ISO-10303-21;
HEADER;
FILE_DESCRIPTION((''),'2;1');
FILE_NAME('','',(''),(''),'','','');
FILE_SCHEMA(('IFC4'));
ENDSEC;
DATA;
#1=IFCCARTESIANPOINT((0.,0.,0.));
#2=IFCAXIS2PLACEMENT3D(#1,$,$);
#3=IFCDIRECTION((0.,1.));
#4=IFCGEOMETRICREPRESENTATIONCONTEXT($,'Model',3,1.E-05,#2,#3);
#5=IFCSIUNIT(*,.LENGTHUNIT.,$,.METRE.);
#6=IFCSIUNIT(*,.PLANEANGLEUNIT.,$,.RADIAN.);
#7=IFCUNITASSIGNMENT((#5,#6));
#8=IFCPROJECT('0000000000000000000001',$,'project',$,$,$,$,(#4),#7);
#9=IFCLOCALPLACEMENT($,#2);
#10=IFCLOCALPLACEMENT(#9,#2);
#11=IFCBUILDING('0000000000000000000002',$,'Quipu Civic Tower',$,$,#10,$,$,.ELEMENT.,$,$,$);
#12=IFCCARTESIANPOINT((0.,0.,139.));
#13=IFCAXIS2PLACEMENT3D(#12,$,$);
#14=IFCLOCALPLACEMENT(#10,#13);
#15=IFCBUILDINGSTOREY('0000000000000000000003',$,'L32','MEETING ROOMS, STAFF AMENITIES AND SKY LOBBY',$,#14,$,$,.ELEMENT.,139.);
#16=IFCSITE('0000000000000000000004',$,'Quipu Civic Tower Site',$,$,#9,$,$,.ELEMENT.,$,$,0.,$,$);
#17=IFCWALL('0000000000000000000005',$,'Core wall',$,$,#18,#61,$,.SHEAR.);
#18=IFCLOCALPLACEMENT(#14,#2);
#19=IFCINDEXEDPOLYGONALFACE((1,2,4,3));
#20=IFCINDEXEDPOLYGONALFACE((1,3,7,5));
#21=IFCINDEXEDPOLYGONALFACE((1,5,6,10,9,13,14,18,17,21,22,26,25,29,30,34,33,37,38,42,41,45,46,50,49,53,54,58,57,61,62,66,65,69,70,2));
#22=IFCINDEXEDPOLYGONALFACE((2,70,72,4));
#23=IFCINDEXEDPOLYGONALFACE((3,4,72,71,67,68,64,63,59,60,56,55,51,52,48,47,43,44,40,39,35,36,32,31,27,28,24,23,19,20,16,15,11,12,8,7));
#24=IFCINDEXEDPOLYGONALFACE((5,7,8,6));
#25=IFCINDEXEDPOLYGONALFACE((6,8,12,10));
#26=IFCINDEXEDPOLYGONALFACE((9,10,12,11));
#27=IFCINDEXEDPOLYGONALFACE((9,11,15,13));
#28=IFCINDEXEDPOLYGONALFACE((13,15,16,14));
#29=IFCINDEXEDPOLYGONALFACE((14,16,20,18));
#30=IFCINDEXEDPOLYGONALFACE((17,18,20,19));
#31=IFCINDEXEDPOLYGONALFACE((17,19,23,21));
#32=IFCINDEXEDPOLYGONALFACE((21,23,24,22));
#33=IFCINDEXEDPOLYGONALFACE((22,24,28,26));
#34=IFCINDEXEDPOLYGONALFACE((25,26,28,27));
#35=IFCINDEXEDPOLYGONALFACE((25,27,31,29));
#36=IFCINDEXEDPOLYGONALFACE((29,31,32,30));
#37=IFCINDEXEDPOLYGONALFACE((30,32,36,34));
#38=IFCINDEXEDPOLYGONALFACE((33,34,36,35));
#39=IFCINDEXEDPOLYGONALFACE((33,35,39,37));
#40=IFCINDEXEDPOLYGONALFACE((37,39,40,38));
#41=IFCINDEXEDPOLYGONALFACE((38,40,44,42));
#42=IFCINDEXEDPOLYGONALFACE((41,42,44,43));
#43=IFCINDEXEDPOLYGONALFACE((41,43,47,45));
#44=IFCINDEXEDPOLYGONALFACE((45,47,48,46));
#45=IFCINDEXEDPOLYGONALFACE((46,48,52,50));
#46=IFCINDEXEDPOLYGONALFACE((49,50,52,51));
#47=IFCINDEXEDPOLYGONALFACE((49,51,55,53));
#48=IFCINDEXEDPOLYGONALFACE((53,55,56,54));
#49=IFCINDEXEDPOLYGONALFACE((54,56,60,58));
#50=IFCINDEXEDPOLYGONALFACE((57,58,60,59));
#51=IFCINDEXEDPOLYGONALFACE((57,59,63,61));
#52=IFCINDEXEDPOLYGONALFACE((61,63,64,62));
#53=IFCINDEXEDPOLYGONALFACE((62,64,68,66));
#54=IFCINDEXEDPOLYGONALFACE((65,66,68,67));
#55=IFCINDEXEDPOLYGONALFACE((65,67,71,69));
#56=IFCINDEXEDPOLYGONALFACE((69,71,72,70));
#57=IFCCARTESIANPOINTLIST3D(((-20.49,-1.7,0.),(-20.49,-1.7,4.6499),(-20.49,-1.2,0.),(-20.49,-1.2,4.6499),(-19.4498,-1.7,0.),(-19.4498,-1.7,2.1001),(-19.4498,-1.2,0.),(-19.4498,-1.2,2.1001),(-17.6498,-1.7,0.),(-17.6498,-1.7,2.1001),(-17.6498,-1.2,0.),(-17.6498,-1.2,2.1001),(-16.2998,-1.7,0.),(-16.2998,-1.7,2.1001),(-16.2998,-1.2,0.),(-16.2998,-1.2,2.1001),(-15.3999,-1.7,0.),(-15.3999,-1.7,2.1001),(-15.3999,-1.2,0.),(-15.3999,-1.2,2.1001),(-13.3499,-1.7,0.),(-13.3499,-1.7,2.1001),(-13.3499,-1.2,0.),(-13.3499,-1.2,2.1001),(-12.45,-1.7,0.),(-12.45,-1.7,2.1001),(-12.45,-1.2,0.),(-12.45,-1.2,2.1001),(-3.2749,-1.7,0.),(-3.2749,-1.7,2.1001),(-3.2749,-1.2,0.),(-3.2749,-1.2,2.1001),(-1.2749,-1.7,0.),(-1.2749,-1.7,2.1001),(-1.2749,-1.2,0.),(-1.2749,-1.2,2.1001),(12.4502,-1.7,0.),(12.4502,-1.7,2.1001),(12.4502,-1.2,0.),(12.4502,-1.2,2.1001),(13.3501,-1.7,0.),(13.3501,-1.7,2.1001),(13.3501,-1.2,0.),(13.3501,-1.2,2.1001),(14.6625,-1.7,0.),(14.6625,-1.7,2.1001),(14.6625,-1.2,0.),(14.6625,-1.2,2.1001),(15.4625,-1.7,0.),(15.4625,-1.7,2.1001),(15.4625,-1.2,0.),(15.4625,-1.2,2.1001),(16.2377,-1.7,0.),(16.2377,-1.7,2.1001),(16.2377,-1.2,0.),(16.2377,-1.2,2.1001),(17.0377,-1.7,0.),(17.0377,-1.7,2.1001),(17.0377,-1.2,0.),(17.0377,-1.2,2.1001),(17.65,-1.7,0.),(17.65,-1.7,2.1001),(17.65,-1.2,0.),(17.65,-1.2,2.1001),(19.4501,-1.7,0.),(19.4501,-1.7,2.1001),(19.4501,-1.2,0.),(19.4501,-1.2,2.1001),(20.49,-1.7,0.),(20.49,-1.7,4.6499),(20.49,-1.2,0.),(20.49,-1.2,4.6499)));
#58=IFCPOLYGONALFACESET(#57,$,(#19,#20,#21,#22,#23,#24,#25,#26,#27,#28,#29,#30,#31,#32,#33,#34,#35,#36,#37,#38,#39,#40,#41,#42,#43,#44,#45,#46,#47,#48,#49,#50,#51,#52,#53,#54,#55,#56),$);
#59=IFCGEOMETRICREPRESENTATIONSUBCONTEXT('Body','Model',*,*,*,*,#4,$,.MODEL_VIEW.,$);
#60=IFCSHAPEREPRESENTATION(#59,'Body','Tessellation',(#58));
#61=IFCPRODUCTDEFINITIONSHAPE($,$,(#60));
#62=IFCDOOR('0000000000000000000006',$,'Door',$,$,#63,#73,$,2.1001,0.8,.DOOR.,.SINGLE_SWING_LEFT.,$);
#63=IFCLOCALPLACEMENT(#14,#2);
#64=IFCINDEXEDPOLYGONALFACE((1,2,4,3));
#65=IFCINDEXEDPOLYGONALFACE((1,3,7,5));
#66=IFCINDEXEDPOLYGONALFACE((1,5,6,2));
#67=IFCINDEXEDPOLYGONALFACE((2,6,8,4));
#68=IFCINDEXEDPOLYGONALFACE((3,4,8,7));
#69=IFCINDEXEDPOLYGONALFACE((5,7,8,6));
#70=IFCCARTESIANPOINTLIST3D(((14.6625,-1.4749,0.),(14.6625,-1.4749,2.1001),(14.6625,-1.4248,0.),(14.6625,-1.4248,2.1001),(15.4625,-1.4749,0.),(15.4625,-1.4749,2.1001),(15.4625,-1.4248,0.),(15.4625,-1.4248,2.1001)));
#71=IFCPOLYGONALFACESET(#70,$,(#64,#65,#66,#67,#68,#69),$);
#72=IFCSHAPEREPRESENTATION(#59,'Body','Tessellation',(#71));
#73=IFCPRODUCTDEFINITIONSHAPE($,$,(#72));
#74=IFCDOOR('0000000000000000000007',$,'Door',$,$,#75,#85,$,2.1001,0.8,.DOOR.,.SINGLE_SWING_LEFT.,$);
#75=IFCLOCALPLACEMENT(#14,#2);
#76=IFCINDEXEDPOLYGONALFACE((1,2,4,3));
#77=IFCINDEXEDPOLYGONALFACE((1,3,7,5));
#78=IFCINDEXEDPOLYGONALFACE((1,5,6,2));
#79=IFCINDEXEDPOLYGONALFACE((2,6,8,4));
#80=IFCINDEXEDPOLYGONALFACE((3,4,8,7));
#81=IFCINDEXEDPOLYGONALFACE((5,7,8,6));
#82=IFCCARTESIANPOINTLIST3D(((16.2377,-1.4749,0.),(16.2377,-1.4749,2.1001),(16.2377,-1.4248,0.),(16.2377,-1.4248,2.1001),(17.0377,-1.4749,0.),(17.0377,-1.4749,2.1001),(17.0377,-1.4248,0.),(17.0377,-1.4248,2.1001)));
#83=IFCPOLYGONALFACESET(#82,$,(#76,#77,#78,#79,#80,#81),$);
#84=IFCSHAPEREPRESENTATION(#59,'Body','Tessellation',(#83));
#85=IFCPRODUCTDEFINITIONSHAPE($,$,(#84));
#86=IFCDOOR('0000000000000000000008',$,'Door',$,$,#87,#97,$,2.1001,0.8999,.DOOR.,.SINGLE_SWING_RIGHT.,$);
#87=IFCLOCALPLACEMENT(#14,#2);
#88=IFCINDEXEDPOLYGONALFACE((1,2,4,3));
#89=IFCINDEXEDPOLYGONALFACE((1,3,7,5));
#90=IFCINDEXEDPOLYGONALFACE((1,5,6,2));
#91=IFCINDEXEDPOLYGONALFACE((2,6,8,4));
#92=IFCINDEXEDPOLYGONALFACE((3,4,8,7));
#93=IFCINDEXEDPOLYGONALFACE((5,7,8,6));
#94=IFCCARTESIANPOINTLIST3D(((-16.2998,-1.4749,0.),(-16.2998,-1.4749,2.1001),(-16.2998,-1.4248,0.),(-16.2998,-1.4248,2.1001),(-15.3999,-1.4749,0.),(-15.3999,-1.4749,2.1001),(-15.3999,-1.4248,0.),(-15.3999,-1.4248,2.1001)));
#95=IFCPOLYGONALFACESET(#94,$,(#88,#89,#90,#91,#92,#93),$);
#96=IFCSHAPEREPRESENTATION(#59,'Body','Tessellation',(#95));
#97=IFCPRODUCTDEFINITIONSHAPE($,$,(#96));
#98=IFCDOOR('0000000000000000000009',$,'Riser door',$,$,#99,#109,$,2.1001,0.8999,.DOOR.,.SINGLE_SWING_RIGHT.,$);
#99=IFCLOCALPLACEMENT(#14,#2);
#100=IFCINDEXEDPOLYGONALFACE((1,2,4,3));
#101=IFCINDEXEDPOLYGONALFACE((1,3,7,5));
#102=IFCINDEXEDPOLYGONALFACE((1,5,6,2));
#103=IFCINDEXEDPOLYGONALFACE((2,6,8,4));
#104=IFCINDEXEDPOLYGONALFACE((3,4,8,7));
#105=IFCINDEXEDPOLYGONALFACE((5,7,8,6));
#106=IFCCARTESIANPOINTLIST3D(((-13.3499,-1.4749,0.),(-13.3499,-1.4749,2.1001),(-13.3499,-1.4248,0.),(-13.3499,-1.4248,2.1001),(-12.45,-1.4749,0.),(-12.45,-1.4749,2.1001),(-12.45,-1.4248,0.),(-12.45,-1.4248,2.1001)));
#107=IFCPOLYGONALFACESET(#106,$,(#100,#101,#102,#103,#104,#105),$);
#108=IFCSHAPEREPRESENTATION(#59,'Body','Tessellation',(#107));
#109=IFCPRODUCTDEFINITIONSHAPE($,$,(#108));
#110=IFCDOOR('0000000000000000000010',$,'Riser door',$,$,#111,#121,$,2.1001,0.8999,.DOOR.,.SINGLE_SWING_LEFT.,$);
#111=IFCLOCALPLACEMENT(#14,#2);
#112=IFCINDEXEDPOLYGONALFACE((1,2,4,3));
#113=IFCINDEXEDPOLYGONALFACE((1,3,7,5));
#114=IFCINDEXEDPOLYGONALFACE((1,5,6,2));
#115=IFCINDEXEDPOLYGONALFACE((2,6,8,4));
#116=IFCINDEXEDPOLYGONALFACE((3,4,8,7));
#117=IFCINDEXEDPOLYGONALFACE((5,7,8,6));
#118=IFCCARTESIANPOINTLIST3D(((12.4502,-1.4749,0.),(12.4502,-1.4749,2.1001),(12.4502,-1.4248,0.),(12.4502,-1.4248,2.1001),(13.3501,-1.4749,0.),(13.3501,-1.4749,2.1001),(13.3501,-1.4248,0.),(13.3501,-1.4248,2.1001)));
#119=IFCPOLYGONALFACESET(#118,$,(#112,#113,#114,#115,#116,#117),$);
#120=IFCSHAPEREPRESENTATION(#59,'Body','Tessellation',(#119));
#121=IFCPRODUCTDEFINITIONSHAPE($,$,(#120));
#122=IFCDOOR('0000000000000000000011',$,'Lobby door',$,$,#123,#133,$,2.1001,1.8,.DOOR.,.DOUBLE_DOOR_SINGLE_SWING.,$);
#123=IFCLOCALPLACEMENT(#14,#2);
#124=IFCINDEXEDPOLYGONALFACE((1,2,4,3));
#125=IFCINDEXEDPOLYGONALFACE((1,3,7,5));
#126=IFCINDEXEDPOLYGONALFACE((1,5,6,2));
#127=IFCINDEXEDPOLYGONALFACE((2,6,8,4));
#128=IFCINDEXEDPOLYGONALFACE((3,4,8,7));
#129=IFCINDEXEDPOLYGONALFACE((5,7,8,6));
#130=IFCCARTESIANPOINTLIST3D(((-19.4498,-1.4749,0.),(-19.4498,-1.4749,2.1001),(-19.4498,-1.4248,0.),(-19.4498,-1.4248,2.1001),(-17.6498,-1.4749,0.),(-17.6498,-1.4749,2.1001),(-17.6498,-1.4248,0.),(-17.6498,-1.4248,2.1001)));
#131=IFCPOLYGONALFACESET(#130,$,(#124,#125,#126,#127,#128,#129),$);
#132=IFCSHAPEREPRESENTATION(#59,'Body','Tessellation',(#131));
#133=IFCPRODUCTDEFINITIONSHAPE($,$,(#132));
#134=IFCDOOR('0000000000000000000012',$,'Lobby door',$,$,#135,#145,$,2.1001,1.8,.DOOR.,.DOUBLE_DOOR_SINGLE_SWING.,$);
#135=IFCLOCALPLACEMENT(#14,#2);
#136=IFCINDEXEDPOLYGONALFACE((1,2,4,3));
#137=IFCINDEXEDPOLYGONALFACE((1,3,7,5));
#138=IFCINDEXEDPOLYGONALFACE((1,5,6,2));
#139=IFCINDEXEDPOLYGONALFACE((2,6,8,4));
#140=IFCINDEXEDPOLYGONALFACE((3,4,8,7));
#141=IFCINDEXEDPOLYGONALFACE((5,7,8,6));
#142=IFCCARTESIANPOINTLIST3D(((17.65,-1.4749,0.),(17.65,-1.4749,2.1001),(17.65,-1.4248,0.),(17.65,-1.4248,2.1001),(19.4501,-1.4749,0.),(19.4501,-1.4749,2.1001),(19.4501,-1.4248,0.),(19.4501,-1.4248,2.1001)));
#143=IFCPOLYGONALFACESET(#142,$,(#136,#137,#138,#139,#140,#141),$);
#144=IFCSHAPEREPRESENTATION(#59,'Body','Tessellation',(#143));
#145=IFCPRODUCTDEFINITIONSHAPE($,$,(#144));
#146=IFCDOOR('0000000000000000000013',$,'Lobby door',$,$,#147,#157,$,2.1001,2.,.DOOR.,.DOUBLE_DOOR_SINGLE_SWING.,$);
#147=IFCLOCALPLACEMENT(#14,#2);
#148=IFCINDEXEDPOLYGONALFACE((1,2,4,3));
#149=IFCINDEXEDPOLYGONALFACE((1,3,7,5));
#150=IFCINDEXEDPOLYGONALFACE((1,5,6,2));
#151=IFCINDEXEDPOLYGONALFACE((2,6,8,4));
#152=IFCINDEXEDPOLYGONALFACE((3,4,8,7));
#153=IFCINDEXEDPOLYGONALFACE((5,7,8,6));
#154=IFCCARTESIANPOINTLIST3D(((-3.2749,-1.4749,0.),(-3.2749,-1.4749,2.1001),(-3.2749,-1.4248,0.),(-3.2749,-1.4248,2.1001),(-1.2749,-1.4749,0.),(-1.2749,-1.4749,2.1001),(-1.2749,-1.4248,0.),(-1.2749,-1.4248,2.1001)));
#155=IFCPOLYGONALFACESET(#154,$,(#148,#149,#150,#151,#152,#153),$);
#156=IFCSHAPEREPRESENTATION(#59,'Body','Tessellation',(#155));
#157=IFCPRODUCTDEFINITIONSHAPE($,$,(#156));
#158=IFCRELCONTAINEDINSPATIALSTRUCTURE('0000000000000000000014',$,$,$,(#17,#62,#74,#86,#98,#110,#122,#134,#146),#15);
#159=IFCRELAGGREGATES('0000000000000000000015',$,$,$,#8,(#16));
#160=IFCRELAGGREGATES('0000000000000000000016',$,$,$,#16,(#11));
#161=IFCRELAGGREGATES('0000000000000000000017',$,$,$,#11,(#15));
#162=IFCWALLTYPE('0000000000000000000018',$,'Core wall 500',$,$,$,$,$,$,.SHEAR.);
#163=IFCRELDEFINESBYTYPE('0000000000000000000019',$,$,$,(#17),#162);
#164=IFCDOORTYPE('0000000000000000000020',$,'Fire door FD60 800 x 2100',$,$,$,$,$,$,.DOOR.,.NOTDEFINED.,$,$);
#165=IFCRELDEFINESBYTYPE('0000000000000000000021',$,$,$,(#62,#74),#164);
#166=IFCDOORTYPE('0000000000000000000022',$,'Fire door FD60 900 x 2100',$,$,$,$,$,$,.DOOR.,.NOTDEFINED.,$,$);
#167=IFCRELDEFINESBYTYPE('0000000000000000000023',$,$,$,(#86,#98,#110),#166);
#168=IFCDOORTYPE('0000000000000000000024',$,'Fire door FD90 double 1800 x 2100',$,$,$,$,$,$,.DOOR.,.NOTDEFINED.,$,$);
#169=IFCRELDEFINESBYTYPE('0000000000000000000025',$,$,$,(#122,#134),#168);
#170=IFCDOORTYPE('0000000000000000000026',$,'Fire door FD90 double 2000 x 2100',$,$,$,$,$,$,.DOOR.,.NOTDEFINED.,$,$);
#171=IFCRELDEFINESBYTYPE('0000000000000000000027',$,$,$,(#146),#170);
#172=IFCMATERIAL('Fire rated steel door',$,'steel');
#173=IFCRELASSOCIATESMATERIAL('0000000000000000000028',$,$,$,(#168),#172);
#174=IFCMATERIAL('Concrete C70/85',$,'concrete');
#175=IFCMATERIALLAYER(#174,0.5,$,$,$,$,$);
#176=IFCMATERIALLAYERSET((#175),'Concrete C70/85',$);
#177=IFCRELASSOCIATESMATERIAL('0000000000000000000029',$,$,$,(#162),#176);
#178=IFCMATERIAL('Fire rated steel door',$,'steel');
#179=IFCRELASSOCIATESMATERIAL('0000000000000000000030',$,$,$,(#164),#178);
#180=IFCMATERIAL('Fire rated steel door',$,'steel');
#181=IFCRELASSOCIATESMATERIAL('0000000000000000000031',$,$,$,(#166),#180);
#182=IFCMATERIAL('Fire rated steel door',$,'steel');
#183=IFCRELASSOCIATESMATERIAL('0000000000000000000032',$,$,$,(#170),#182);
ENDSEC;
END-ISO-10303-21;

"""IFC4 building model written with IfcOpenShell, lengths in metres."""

from ifc_helpers import new_model, si_unit, direction, frame, frame_2d, origin, place, context, subcontext, project, spatial, rectangle, extrude, material, layer, layer_set, type_object, element, fill, save


model = new_model("IFC4")

# Units and contexts
model_context = context("Model", 3, precision=1e-05, world=origin(), true_north=direction((0.0, 1.0)))
body_context = subcontext(model_context, "Body", "Model", "MODEL_VIEW")
ifc_project = project(units=[si_unit("LENGTHUNIT", "METRE"), si_unit("PLANEANGLEUNIT", "RADIAN")], contexts=[model_context])

# Site, building, storey
site_placement = place(None, origin())
site = spatial("IfcSite", under=ifc_project, at=site_placement, Name="Quipu Civic Tower Site", CompositionType="ELEMENT", RefElevation=0.0)
building_placement = place(site_placement, origin())
building = spatial("IfcBuilding", under=site, at=building_placement, Name="Quipu Civic Tower", CompositionType="ELEMENT")
storey_placement = place(building_placement, frame((0.0, 0.0, 139.0)))
storey = spatial("IfcBuildingStorey", under=building, at=storey_placement, Name="L32", Description="MEETING ROOMS, STAFF AMENITIES AND SKY LOBBY", CompositionType="ELEMENT", Elevation=139.0)

# Shared definitions
ifc_material_1 = material(Name="Fire rated steel door", Category="steel")
door_type_1 = type_object("IfcDoorType", Name="Fire door FD90 double 1800 x 2100", OperationType="NOTDEFINED", PredefinedType="DOOR", material=ifc_material_1)

# Wall, openings, doors
ifc_material_2 = material(Name="Concrete C70/85", Category="concrete")
ifc_layer_1 = layer(ifc_material_2, 0.5)
ifc_layer_set_1 = layer_set([ifc_layer_1], Name="Concrete C70/85")
wall_type_1 = type_object("IfcWallType", Name="Core wall 500", PredefinedType="SHEAR", material=ifc_layer_set_1)
wall_1_placement = place(storey_placement, frame((20.49, -1.45, 0.0), z_axis=(0.0, 0.0, 1.0), x_axis=(-1.0, 0.0, 0.0)))
wall_1 = element("IfcWall", 1, at=wall_1_placement, inside=storey, type_object=wall_type_1, Name="Core wall", PredefinedType="SHEAR", context=body_context, shape_type="SweptSolid", body=[
    extrude(rectangle(XDim=40.98, YDim=0.5, at=frame_2d((20.49, 0.0))), origin(), (0.0, 0.0, 1.0), 4.6499),
])
opening_1_placement = place(wall_1_placement, frame((38.1399, 0.0, 0.0)))
opening_1 = element("IfcOpeningElement", 2, at=opening_1_placement, cuts=wall_1, PredefinedType="OPENING", context=body_context, shape_type="SweptSolid", body=[
    extrude(rectangle(XDim=1.8, YDim=2.1001, at=frame_2d((0.8999, 1.05))), frame((0.0, 0.26, 0.0), z_axis=(0.0, -1.0, 0.0), x_axis=(1.0, 0.0, 0.0)), (0.0, 0.0, 1.0), 0.52),
])
opening_2_placement = place(wall_1_placement, frame((35.8899, 0.0, 0.0)))
opening_2 = element("IfcOpeningElement", 3, at=opening_2_placement, cuts=wall_1, PredefinedType="OPENING", context=body_context, shape_type="SweptSolid", body=[
    extrude(rectangle(XDim=0.8999, YDim=2.1001, at=frame_2d((0.45, 1.05))), frame((0.0, 0.26, 0.0), z_axis=(0.0, -1.0, 0.0), x_axis=(1.0, 0.0, 0.0)), (0.0, 0.0, 1.0), 0.52),
])
opening_3_placement = place(wall_1_placement, frame((32.9399, 0.0, 0.0)))
opening_3 = element("IfcOpeningElement", 4, at=opening_3_placement, cuts=wall_1, PredefinedType="OPENING", context=body_context, shape_type="SweptSolid", body=[
    extrude(rectangle(XDim=0.8999, YDim=2.1001, at=frame_2d((0.45, 1.05))), frame((0.0, 0.26, 0.0), z_axis=(0.0, -1.0, 0.0), x_axis=(1.0, 0.0, 0.0)), (0.0, 0.0, 1.0), 0.52),
])
opening_4_placement = place(wall_1_placement, frame((21.7649, 0.0, 0.0)))
opening_4 = element("IfcOpeningElement", 5, at=opening_4_placement, cuts=wall_1, PredefinedType="OPENING", context=body_context, shape_type="SweptSolid", body=[
    extrude(rectangle(XDim=2.0, YDim=2.1001, at=frame_2d((1.0, 1.05))), frame((0.0, 0.26, 0.0), z_axis=(0.0, -1.0, 0.0), x_axis=(1.0, 0.0, 0.0)), (0.0, 0.0, 1.0), 0.52),
])
opening_5_placement = place(wall_1_placement, frame((7.1399, 0.0, 0.0)))
opening_5 = element("IfcOpeningElement", 6, at=opening_5_placement, cuts=wall_1, PredefinedType="OPENING", context=body_context, shape_type="SweptSolid", body=[
    extrude(rectangle(XDim=0.8999, YDim=2.1001, at=frame_2d((0.45, 1.05))), frame((0.0, 0.26, 0.0), z_axis=(0.0, -1.0, 0.0), x_axis=(1.0, 0.0, 0.0)), (0.0, 0.0, 1.0), 0.52),
])
opening_6_placement = place(wall_1_placement, frame((5.0276, 0.0, 0.0)))
opening_6 = element("IfcOpeningElement", 7, at=opening_6_placement, cuts=wall_1, PredefinedType="OPENING", context=body_context, shape_type="SweptSolid", body=[
    extrude(rectangle(XDim=0.8, YDim=2.1001, at=frame_2d((0.3999, 1.05))), frame((0.0, 0.26, 0.0), z_axis=(0.0, -1.0, 0.0), x_axis=(1.0, 0.0, 0.0)), (0.0, 0.0, 1.0), 0.52),
])
opening_7_placement = place(wall_1_placement, frame((3.4524, 0.0, 0.0)))
opening_7 = element("IfcOpeningElement", 8, at=opening_7_placement, cuts=wall_1, PredefinedType="OPENING", context=body_context, shape_type="SweptSolid", body=[
    extrude(rectangle(XDim=0.8, YDim=2.1001, at=frame_2d((0.3999, 1.05))), frame((0.0, 0.26, 0.0), z_axis=(0.0, -1.0, 0.0), x_axis=(1.0, 0.0, 0.0)), (0.0, 0.0, 1.0), 0.52),
])
opening_8_placement = place(wall_1_placement, frame((1.04, 0.0, 0.0)))
opening_8 = element("IfcOpeningElement", 9, at=opening_8_placement, cuts=wall_1, PredefinedType="OPENING", context=body_context, shape_type="SweptSolid", body=[
    extrude(rectangle(XDim=1.8, YDim=2.1001, at=frame_2d((0.8999, 1.05))), frame((0.0, 0.26, 0.0), z_axis=(0.0, -1.0, 0.0), x_axis=(1.0, 0.0, 0.0)), (0.0, 0.0, 1.0), 0.52),
])
ifc_material_3 = material(Name="Fire rated steel door", Category="steel")
door_type_2 = type_object("IfcDoorType", Name="Fire door FD60 800 x 2100", OperationType="NOTDEFINED", PredefinedType="DOOR", material=ifc_material_3)
door_1_placement = place(opening_6_placement, origin())
door_1 = element("IfcDoor", 10, at=door_1_placement, inside=storey, type_object=door_type_2, Name="Door", OperationType="SINGLE_SWING_LEFT", OverallHeight=2.1001, OverallWidth=0.8, PredefinedType="DOOR", context=body_context, shape_type="SweptSolid", body=[
    extrude(rectangle(XDim=0.8, YDim=2.1001, at=frame_2d((0.3999, 1.05))), frame((0.0, 0.0249, 0.0), z_axis=(0.0, -1.0, 0.0), x_axis=(1.0, 0.0, 0.0)), (0.0, 0.0, 1.0), 0.05),
])
fill(opening_6, door_1)
door_2_placement = place(opening_7_placement, origin())
door_2 = element("IfcDoor", 11, at=door_2_placement, inside=storey, type_object=door_type_2, Name="Door", OperationType="SINGLE_SWING_LEFT", OverallHeight=2.1001, OverallWidth=0.8, PredefinedType="DOOR", context=body_context, shape_type="SweptSolid", body=[
    extrude(rectangle(XDim=0.8, YDim=2.1001, at=frame_2d((0.3999, 1.05))), frame((0.0, 0.0249, 0.0), z_axis=(0.0, -1.0, 0.0), x_axis=(1.0, 0.0, 0.0)), (0.0, 0.0, 1.0), 0.05),
])
fill(opening_7, door_2)
ifc_material_4 = material(Name="Fire rated steel door", Category="steel")
door_type_3 = type_object("IfcDoorType", Name="Fire door FD60 900 x 2100", OperationType="NOTDEFINED", PredefinedType="DOOR", material=ifc_material_4)
door_3_placement = place(opening_2_placement, origin())
door_3 = element("IfcDoor", 12, at=door_3_placement, inside=storey, type_object=door_type_3, Name="Door", OperationType="SINGLE_SWING_RIGHT", OverallHeight=2.1001, OverallWidth=0.8999, PredefinedType="DOOR", context=body_context, shape_type="SweptSolid", body=[
    extrude(rectangle(XDim=0.8999, YDim=2.1001, at=frame_2d((0.45, 1.05))), frame((0.0, 0.0249, 0.0), z_axis=(0.0, -1.0, 0.0), x_axis=(1.0, 0.0, 0.0)), (0.0, 0.0, 1.0), 0.05),
])
fill(opening_2, door_3)
door_4_placement = place(opening_3_placement, origin())
door_4 = element("IfcDoor", 13, at=door_4_placement, inside=storey, type_object=door_type_3, Name="Riser door", OperationType="SINGLE_SWING_RIGHT", OverallHeight=2.1001, OverallWidth=0.8999, PredefinedType="DOOR", context=body_context, shape_type="SweptSolid", body=[
    extrude(rectangle(XDim=0.8999, YDim=2.1001, at=frame_2d((0.45, 1.05))), frame((0.0, 0.0249, 0.0), z_axis=(0.0, -1.0, 0.0), x_axis=(1.0, 0.0, 0.0)), (0.0, 0.0, 1.0), 0.05),
])
fill(opening_3, door_4)
door_5_placement = place(opening_5_placement, origin())
door_5 = element("IfcDoor", 14, at=door_5_placement, inside=storey, type_object=door_type_3, Name="Riser door", OperationType="SINGLE_SWING_LEFT", OverallHeight=2.1001, OverallWidth=0.8999, PredefinedType="DOOR", context=body_context, shape_type="SweptSolid", body=[
    extrude(rectangle(XDim=0.8999, YDim=2.1001, at=frame_2d((0.45, 1.05))), frame((0.0, 0.0249, 0.0), z_axis=(0.0, -1.0, 0.0), x_axis=(1.0, 0.0, 0.0)), (0.0, 0.0, 1.0), 0.05),
])
fill(opening_5, door_5)
door_6_placement = place(opening_1_placement, origin())
door_6 = element("IfcDoor", 15, at=door_6_placement, inside=storey, type_object=door_type_1, Name="Lobby door", OperationType="DOUBLE_DOOR_SINGLE_SWING", OverallHeight=2.1001, OverallWidth=1.8, PredefinedType="DOOR", context=body_context, shape_type="SweptSolid", body=[
    extrude(rectangle(XDim=1.8, YDim=2.1001, at=frame_2d((0.8999, 1.05))), frame((0.0, 0.0249, 0.0), z_axis=(0.0, -1.0, 0.0), x_axis=(1.0, 0.0, 0.0)), (0.0, 0.0, 1.0), 0.05),
])
fill(opening_1, door_6)
door_7_placement = place(opening_8_placement, origin())
door_7 = element("IfcDoor", 16, at=door_7_placement, inside=storey, type_object=door_type_1, Name="Lobby door", OperationType="DOUBLE_DOOR_SINGLE_SWING", OverallHeight=2.1001, OverallWidth=1.8, PredefinedType="DOOR", context=body_context, shape_type="SweptSolid", body=[
    extrude(rectangle(XDim=1.8, YDim=2.1001, at=frame_2d((0.8999, 1.05))), frame((0.0, 0.0249, 0.0), z_axis=(0.0, -1.0, 0.0), x_axis=(1.0, 0.0, 0.0)), (0.0, 0.0, 1.0), 0.05),
])
fill(opening_8, door_7)
ifc_material_5 = material(Name="Fire rated steel door", Category="steel")
door_type_4 = type_object("IfcDoorType", Name="Fire door FD90 double 2000 x 2100", OperationType="NOTDEFINED", PredefinedType="DOOR", material=ifc_material_5)
door_8_placement = place(opening_4_placement, origin())
door_8 = element("IfcDoor", 17, at=door_8_placement, inside=storey, type_object=door_type_4, Name="Lobby door", OperationType="DOUBLE_DOOR_SINGLE_SWING", OverallHeight=2.1001, OverallWidth=2.0, PredefinedType="DOOR", context=body_context, shape_type="SweptSolid", body=[
    extrude(rectangle(XDim=2.0, YDim=2.1001, at=frame_2d((1.0, 1.05))), frame((0.0, 0.0249, 0.0), z_axis=(0.0, -1.0, 0.0), x_axis=(1.0, 0.0, 0.0)), (0.0, 0.0, 1.0), 0.05),
])
fill(opening_4, door_8)

save(model, "model.ifc")
